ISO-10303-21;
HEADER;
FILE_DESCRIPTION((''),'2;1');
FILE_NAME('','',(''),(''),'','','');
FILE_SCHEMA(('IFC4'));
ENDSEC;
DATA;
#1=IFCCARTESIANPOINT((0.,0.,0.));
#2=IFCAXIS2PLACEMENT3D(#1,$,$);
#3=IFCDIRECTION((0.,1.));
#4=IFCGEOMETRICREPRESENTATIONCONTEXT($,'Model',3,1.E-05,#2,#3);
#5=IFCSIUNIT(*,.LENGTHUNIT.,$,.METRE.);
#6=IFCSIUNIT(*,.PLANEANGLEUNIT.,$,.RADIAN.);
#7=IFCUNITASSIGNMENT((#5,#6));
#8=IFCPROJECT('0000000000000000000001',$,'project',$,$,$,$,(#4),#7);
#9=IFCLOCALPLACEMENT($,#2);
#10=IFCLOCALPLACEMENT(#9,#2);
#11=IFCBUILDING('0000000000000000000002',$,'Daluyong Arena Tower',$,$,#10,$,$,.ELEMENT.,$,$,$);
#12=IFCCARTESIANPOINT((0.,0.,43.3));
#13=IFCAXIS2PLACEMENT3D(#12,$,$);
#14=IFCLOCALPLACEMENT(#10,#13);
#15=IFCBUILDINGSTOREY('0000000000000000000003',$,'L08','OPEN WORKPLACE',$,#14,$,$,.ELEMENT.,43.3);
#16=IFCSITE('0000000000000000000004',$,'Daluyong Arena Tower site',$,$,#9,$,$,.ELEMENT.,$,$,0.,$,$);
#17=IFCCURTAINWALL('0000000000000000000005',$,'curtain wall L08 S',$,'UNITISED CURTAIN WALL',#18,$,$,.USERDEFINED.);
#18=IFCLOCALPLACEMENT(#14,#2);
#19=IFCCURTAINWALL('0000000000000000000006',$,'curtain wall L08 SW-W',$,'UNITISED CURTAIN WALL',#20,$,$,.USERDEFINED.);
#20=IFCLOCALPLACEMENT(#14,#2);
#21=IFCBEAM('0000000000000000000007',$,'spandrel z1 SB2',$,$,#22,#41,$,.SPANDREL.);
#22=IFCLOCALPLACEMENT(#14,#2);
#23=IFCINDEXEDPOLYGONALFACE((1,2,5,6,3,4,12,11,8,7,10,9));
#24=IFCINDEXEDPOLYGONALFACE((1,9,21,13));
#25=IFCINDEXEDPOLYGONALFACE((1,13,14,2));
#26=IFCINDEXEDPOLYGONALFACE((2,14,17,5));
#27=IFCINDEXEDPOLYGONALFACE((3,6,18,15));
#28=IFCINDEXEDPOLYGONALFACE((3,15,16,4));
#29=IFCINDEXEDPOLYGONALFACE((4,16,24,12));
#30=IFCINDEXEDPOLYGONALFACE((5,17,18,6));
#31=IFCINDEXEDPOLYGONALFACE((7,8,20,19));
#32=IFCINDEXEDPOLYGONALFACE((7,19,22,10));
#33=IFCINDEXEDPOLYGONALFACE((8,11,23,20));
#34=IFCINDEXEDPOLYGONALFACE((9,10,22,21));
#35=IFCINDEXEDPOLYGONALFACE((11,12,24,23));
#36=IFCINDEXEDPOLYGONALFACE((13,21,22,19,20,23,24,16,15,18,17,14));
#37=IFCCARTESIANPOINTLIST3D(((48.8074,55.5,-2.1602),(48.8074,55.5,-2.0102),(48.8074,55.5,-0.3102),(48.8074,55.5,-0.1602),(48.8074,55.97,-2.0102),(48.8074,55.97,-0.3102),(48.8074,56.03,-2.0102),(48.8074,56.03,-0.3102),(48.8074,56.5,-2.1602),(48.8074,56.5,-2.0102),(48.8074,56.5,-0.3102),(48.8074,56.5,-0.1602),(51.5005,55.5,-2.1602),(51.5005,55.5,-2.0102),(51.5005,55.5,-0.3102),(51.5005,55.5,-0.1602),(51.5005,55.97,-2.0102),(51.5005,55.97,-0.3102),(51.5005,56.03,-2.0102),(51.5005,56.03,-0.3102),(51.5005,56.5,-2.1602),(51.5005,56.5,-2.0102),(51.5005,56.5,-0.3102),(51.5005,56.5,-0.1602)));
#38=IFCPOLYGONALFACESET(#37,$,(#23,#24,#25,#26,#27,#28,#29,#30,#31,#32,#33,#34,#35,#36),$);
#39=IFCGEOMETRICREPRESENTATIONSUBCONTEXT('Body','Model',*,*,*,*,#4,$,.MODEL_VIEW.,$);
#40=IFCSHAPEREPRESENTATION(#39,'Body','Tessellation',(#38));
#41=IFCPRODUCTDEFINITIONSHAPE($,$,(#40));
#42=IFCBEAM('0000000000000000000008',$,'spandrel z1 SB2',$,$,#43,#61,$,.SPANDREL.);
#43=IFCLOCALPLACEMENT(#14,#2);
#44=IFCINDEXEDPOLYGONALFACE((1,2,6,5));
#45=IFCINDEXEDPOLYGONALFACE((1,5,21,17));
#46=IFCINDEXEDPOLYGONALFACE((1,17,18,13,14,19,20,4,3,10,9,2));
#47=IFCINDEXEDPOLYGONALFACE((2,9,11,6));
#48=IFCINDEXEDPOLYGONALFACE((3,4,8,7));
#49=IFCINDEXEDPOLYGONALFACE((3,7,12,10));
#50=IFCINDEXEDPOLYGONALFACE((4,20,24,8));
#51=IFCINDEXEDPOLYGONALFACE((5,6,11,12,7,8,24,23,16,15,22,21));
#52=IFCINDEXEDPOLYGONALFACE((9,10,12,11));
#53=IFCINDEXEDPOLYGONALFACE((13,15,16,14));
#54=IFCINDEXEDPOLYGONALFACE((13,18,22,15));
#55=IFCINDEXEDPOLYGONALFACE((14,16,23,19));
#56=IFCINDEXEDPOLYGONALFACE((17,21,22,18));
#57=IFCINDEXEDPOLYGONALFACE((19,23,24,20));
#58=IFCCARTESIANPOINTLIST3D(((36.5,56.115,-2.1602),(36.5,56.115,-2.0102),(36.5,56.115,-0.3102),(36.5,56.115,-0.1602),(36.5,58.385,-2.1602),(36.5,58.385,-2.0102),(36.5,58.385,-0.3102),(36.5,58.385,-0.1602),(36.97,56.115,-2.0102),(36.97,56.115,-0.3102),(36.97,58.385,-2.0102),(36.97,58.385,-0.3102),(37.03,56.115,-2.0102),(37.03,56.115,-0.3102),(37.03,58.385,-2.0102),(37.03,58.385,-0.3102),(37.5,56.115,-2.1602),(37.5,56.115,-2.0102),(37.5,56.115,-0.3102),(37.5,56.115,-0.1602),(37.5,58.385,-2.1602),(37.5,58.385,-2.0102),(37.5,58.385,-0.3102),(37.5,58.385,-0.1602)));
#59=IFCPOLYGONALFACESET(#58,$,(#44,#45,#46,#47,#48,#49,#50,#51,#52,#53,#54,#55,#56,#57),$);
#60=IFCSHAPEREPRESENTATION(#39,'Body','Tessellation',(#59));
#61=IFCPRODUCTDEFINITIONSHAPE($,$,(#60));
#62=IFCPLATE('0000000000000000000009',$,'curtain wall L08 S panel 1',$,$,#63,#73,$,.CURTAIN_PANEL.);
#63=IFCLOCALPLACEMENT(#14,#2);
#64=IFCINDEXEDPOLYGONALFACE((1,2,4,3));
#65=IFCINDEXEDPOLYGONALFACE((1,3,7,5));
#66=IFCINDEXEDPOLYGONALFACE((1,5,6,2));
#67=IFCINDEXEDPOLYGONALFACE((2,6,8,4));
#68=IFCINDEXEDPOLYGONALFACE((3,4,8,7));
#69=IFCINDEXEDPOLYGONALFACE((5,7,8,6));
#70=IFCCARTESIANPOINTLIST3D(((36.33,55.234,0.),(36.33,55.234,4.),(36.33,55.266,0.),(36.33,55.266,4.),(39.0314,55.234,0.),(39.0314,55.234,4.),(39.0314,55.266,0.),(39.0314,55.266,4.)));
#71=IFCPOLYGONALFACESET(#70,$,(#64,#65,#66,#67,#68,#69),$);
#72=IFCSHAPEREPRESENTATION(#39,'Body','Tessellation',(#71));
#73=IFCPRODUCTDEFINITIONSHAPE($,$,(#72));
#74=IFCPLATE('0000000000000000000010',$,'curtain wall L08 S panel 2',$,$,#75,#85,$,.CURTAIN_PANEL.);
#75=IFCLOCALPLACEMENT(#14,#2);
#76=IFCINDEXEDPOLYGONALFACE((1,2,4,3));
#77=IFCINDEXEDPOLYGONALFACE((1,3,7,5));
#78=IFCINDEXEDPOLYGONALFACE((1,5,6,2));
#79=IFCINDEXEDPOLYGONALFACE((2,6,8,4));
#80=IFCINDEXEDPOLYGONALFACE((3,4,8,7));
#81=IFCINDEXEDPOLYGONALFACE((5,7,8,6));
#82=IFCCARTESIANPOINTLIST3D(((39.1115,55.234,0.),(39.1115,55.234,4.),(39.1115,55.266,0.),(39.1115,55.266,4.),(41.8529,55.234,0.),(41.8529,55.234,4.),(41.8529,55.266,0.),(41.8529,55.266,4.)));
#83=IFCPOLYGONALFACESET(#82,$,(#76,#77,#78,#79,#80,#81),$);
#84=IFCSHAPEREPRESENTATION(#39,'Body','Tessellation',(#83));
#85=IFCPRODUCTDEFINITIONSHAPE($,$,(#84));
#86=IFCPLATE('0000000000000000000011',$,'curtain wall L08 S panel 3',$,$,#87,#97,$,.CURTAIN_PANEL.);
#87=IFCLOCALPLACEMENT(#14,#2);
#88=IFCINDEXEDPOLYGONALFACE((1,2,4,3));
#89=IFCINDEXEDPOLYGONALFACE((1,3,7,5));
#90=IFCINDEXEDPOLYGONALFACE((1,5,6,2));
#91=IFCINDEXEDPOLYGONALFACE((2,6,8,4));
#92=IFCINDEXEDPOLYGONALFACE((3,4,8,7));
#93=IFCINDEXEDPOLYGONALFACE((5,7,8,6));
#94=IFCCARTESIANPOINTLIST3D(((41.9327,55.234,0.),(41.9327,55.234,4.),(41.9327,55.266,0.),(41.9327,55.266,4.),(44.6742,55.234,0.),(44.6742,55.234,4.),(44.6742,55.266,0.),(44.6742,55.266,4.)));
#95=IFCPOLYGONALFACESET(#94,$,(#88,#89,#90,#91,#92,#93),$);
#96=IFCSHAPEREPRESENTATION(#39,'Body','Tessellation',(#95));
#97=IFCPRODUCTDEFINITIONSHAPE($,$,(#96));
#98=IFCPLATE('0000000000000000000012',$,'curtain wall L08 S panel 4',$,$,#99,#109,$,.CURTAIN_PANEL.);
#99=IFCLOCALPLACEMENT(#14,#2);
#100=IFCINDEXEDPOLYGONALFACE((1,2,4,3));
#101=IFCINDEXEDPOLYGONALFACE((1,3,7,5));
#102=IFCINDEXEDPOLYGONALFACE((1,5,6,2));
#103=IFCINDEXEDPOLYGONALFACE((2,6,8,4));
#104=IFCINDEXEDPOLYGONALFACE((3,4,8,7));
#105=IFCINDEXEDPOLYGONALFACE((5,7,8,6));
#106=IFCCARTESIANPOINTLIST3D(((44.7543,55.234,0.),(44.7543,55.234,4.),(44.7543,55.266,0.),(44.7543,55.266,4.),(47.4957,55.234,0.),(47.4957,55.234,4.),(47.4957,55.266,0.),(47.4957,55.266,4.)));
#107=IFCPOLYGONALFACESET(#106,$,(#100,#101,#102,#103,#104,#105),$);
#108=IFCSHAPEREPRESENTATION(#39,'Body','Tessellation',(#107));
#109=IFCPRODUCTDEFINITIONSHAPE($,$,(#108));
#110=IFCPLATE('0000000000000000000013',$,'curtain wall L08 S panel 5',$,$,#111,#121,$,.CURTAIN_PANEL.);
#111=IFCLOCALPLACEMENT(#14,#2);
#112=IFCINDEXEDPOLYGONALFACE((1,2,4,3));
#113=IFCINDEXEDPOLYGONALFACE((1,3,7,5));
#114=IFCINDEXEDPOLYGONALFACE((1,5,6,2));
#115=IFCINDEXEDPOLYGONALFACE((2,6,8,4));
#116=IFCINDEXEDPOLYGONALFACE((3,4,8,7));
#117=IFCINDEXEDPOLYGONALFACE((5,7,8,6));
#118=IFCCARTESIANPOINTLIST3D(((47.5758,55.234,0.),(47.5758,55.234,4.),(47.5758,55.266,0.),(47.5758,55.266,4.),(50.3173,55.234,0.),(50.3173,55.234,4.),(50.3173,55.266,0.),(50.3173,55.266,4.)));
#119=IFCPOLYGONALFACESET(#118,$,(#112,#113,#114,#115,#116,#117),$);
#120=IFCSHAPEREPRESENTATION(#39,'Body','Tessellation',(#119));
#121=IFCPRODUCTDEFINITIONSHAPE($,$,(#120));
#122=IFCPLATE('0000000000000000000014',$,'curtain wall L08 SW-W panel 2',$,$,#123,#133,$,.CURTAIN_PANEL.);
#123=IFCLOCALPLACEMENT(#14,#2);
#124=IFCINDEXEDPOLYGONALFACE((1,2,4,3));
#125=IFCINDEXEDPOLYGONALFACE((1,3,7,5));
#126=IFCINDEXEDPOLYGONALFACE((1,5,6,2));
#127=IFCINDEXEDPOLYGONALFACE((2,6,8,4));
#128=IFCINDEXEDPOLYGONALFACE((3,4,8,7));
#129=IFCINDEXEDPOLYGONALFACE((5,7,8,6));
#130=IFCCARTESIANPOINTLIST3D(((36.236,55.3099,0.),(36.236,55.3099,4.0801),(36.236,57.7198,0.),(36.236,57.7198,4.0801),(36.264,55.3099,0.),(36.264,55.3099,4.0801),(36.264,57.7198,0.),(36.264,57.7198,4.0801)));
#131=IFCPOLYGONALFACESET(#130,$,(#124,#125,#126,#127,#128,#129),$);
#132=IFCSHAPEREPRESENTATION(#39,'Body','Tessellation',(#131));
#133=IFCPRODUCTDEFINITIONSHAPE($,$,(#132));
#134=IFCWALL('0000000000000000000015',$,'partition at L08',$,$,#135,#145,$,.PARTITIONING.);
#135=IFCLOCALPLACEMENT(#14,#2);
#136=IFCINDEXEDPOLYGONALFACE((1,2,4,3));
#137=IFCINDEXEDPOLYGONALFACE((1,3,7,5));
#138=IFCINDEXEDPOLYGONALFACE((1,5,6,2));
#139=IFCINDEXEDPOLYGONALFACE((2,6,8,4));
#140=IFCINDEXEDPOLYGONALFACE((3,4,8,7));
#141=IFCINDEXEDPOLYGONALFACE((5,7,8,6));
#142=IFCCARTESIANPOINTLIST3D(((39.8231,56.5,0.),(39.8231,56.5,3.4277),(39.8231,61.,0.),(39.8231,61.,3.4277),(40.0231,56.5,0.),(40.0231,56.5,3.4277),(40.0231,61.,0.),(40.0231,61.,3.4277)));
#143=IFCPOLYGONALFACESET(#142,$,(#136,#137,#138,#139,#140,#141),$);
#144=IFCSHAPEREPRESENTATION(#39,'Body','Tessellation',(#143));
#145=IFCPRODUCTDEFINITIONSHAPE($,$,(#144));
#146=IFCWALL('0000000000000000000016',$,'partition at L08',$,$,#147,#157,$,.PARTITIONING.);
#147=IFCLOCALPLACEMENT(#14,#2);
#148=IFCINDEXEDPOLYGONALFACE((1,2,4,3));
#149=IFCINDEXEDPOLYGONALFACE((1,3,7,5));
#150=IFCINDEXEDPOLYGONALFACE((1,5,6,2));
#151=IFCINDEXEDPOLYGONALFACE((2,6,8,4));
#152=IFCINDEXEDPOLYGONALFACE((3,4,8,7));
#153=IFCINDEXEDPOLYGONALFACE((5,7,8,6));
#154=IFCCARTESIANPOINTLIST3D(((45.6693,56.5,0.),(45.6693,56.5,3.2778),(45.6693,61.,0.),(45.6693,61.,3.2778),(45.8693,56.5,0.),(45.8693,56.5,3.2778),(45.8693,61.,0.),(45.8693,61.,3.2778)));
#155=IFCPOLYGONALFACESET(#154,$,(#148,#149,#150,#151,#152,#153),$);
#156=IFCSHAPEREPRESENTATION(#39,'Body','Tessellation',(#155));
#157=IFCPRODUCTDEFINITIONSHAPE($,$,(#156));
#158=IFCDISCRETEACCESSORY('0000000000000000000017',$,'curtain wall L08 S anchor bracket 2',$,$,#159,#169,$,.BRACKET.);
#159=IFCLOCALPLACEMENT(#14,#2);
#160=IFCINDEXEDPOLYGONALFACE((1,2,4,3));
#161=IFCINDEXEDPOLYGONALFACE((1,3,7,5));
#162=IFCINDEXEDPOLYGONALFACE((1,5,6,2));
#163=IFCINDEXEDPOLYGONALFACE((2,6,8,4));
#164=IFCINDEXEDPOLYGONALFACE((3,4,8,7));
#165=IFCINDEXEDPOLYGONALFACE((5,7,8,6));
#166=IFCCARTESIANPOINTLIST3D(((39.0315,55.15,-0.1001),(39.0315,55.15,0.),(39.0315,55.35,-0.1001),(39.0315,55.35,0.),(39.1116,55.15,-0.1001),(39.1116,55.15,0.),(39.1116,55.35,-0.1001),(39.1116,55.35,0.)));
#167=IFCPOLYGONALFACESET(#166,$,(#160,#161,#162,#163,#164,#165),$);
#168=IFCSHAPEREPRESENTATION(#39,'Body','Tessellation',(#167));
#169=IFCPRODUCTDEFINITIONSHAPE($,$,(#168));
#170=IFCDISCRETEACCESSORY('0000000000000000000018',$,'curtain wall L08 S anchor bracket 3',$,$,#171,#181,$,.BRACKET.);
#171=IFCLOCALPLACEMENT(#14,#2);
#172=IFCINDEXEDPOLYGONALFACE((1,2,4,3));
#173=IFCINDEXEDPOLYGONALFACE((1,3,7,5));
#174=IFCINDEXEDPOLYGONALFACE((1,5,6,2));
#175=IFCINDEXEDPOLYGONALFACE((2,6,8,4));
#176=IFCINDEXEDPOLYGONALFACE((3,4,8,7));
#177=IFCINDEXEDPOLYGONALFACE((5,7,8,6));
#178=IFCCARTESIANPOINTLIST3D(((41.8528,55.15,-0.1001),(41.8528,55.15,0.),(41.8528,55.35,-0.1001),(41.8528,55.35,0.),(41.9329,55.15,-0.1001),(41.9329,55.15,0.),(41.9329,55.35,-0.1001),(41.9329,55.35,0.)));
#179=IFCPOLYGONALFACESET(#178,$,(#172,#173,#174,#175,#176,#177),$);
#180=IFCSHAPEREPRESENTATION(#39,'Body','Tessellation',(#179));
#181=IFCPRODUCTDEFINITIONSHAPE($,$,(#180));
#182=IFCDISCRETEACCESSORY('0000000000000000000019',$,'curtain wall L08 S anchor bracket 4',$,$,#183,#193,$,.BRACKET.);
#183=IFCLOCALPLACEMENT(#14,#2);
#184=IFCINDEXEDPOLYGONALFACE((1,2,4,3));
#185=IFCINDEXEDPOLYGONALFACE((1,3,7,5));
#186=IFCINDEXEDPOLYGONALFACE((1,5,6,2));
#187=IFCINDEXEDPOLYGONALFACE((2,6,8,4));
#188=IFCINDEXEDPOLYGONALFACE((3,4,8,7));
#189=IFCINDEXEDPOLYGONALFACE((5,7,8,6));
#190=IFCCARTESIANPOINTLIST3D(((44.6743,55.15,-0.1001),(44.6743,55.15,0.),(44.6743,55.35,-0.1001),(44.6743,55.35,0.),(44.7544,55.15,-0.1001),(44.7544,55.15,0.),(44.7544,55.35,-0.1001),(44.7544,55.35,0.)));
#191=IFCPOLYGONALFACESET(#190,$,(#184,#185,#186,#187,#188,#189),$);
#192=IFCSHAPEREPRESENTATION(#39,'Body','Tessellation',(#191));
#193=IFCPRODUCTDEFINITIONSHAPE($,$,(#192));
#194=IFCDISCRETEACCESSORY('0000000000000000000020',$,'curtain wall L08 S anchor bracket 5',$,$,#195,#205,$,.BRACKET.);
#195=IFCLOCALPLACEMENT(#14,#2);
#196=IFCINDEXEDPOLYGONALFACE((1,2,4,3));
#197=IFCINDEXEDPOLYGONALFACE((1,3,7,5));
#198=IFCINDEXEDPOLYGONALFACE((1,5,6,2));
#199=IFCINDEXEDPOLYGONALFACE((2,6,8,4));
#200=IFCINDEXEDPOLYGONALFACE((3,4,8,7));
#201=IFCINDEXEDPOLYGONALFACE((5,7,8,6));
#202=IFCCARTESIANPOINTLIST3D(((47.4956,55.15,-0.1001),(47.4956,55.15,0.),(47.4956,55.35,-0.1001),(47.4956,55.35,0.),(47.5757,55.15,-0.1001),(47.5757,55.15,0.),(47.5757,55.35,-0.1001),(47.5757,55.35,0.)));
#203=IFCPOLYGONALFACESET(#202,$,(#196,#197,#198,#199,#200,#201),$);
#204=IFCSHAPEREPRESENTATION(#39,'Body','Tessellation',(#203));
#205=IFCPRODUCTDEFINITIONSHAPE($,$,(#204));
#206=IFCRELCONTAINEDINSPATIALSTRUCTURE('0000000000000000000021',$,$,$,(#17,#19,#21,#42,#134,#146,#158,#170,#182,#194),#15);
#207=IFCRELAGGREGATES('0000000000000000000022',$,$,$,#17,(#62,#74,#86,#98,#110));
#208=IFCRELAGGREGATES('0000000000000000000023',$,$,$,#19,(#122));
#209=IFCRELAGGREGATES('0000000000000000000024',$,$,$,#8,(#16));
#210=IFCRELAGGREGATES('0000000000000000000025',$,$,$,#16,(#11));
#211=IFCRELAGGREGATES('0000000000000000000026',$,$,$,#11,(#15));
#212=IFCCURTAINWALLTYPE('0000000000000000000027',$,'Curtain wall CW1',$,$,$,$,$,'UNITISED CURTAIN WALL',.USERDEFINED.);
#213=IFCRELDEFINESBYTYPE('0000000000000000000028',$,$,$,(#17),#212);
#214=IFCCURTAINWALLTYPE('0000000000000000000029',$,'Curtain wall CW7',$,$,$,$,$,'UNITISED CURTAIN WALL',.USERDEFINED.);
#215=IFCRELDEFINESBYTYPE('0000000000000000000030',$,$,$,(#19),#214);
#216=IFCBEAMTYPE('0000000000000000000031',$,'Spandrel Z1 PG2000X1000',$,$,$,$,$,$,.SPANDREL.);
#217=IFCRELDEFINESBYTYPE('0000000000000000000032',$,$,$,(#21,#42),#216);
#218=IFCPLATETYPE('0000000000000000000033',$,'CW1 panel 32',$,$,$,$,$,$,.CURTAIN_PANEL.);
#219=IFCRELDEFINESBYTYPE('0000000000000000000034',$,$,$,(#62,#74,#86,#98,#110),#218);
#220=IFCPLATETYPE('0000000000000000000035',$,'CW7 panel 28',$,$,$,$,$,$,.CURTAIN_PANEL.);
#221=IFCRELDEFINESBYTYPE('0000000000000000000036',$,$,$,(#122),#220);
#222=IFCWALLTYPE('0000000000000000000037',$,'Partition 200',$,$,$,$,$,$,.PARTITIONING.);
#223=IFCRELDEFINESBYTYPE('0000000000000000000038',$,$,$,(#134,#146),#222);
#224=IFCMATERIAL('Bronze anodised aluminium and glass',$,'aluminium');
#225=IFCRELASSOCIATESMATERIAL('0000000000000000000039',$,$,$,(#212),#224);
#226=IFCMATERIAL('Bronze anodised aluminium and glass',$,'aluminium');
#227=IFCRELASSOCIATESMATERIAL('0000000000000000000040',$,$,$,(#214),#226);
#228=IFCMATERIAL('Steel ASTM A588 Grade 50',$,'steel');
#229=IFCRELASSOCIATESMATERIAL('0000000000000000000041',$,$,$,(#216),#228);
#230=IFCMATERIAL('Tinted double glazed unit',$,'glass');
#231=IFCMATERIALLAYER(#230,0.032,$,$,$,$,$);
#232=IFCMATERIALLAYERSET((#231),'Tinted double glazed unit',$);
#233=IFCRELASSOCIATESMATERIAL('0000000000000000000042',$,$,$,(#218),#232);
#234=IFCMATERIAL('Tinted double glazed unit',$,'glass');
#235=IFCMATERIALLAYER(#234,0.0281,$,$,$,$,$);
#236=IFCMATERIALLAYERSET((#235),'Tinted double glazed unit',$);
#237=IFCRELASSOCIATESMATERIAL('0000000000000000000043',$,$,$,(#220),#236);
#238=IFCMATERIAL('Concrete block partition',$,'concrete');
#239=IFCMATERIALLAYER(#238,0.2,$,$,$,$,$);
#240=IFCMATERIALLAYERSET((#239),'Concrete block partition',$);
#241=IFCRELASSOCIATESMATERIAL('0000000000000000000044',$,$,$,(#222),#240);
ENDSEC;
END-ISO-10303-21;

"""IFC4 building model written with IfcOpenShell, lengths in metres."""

from ifc_helpers import new_model, si_unit, direction, frame, frame_2d, origin, origin_2d, place, context, subcontext, project, spatial, rectangle, i_section, extrude, material, layer, layer_set, material_profile, profile_set, type_object, element, aggregate, save


model = new_model("IFC4")

# Units and contexts
model_context = context("Model", 3, precision=1e-05, world=origin(), true_north=direction((0.0, 1.0)))
body_context = subcontext(model_context, "Body", "Model", "MODEL_VIEW")
ifc_project = project(units=[si_unit("LENGTHUNIT", "METRE"), si_unit("PLANEANGLEUNIT", "RADIAN")], contexts=[model_context])

# Site, building, storey
site_placement = place(None, origin())
site = spatial("IfcSite", under=ifc_project, at=site_placement, Name="Daluyong Arena Tower site", CompositionType="ELEMENT", RefElevation=0.0)
building_placement = place(site_placement, origin())
building = spatial("IfcBuilding", under=site, at=building_placement, Name="Daluyong Arena Tower", CompositionType="ELEMENT")
storey_placement = place(building_placement, frame((0.0, 0.0, 43.3)))
storey = spatial("IfcBuildingStorey", under=building, at=storey_placement, Name="L08", Description="OPEN WORKPLACE", CompositionType="ELEMENT", Elevation=43.3)

# Curtain walls
ifc_material_1 = material(Name="Bronze anodised aluminium and glass", Category="aluminium")
curtain_wall_type_1 = type_object("IfcCurtainWallType", Name="Curtain wall CW1", ElementType="UNITISED CURTAIN WALL", PredefinedType="USERDEFINED", material=ifc_material_1)
curtain_wall_1_placement = place(storey_placement, origin())
curtain_wall_1 = element("IfcCurtainWall", 1, at=curtain_wall_1_placement, inside=storey, type_object=curtain_wall_type_1, Name="curtain wall L08 S", ObjectType="UNITISED CURTAIN WALL", PredefinedType="USERDEFINED")
ifc_material_2 = material(Name="Bronze anodised aluminium and glass", Category="aluminium")
curtain_wall_type_2 = type_object("IfcCurtainWallType", Name="Curtain wall CW7", ElementType="UNITISED CURTAIN WALL", PredefinedType="USERDEFINED", material=ifc_material_2)
curtain_wall_2_placement = place(storey_placement, origin())
curtain_wall_2 = element("IfcCurtainWall", 2, at=curtain_wall_2_placement, inside=storey, type_object=curtain_wall_type_2, Name="curtain wall L08 SW-W", ObjectType="UNITISED CURTAIN WALL", PredefinedType="USERDEFINED")

# Beams
ifc_material_3 = material(Name="Steel ASTM A588 Grade 50", Category="steel")
ifc_material_profile_1 = material_profile(ifc_material_3, i_section(OverallWidth=1.0, OverallDepth=2.0, WebThickness=0.06, FlangeThickness=0.15, at=origin_2d()))
ifc_profile_set_1 = profile_set([ifc_material_profile_1], Name="Steel ASTM A588 Grade 50")
beam_type_1 = type_object("IfcBeamType", Name="Spandrel Z1 PG2000X1000", PredefinedType="SPANDREL", material=ifc_profile_set_1)
for number, where, z_axis, x_axis, name in (
    (3, (48.8074, 56.0, -1.1602), (1.0, 0.0, 0.0), (0.0, 1.0, 0.0), "spandrel z1 SB2"),
):
    element("IfcBeam", number, at=place(storey_placement, frame(where, z_axis=z_axis, x_axis=x_axis)), inside=storey, type_object=beam_type_1, Name=name, PredefinedType="SPANDREL", context=body_context, shape_type="SweptSolid", body=[
        extrude(i_section(OverallWidth=1.0, OverallDepth=2.0, WebThickness=0.06, FlangeThickness=0.15, at=origin_2d()), origin(), (0.0, 0.0, 1.0), 2.6931),
    ])
beam_1_placement = place(storey_placement, frame((37.0, 58.385, -1.1602), z_axis=(0.0, -1.0, 0.0), x_axis=(1.0, 0.0, 0.0)))
element("IfcBeam", 4, at=beam_1_placement, inside=storey, type_object=beam_type_1, Name="spandrel z1 SB2", PredefinedType="SPANDREL", context=body_context, shape_type="SweptSolid", body=[
    extrude(i_section(OverallWidth=1.0, OverallDepth=2.0, WebThickness=0.06, FlangeThickness=0.15, at=origin_2d()), origin(), (0.0, 0.0, 1.0), 2.27),
])

# Plates
ifc_material_4 = material(Name="Tinted double glazed unit", Category="glass")
ifc_layer_1 = layer(ifc_material_4, 0.032)
ifc_layer_set_1 = layer_set([ifc_layer_1], Name="Tinted double glazed unit")
plate_type_1 = type_object("IfcPlateType", Name="CW1 panel 32", PredefinedType="CURTAIN_PANEL", material=ifc_layer_set_1)
plate_1_placement = place(storey_placement, frame((37.6807, 55.25, 0.0), z_axis=(0.0, 0.0, 1.0), x_axis=(1.0, 0.0, 0.0)))
plate_1 = element("IfcPlate", 5, at=plate_1_placement, type_object=plate_type_1, Name="curtain wall L08 S panel 1", PredefinedType="CURTAIN_PANEL", context=body_context, shape_type="SweptSolid", body=[
    extrude(rectangle(XDim=2.7014, YDim=0.032, at=origin_2d()), origin(), (0.0, 0.0, 1.0), 4.0),
])
plate_2_placement = place(storey_placement, frame((40.4822, 55.25, 0.0), z_axis=(0.0, 0.0, 1.0), x_axis=(1.0, 0.0, 0.0)))
plate_2 = element("IfcPlate", 6, at=plate_2_placement, type_object=plate_type_1, Name="curtain wall L08 S panel 2", PredefinedType="CURTAIN_PANEL", context=body_context, shape_type="SweptSolid", body=[
    extrude(rectangle(XDim=2.7415, YDim=0.032, at=origin_2d()), origin(), (0.0, 0.0, 1.0), 4.0),
])
plate_3_placement = place(storey_placement, frame((43.3035, 55.25, 0.0), z_axis=(0.0, 0.0, 1.0), x_axis=(1.0, 0.0, 0.0)))
plate_3 = element("IfcPlate", 7, at=plate_3_placement, type_object=plate_type_1, Name="curtain wall L08 S panel 3", PredefinedType="CURTAIN_PANEL", context=body_context, shape_type="SweptSolid", body=[
    extrude(rectangle(XDim=2.7415, YDim=0.032, at=origin_2d()), origin(), (0.0, 0.0, 1.0), 4.0),
])
plate_4_placement = place(storey_placement, frame((46.125, 55.25, 0.0), z_axis=(0.0, 0.0, 1.0), x_axis=(1.0, 0.0, 0.0)))
plate_4 = element("IfcPlate", 8, at=plate_4_placement, type_object=plate_type_1, Name="curtain wall L08 S panel 4", PredefinedType="CURTAIN_PANEL", context=body_context, shape_type="SweptSolid", body=[
    extrude(rectangle(XDim=2.7415, YDim=0.032, at=origin_2d()), origin(), (0.0, 0.0, 1.0), 4.0),
])
plate_5_placement = place(storey_placement, frame((48.9465, 55.25, 0.0), z_axis=(0.0, 0.0, 1.0), x_axis=(1.0, 0.0, 0.0)))
plate_5 = element("IfcPlate", 9, at=plate_5_placement, type_object=plate_type_1, Name="curtain wall L08 S panel 5", PredefinedType="CURTAIN_PANEL", context=body_context, shape_type="SweptSolid", body=[
    extrude(rectangle(XDim=2.7415, YDim=0.032, at=origin_2d()), origin(), (0.0, 0.0, 1.0), 4.0),
])
aggregate(curtain_wall_1, [plate_1, plate_2, plate_3, plate_4, plate_5])
ifc_material_5 = material(Name="Tinted double glazed unit", Category="glass")
ifc_layer_2 = layer(ifc_material_5, 0.0281)
ifc_layer_set_2 = layer_set([ifc_layer_2], Name="Tinted double glazed unit")
plate_type_2 = type_object("IfcPlateType", Name="CW7 panel 28", PredefinedType="CURTAIN_PANEL", material=ifc_layer_set_2)
plate_6_placement = place(storey_placement, frame((36.25, 56.5149, 0.0), z_axis=(0.0, 0.0, 1.0), x_axis=(0.0, -1.0, 0.0)))
plate_6 = element("IfcPlate", 10, at=plate_6_placement, type_object=plate_type_2, Name="curtain wall L08 SW-W panel 2", PredefinedType="CURTAIN_PANEL", context=body_context, shape_type="SweptSolid", body=[
    extrude(rectangle(XDim=2.4099, YDim=0.0281, at=origin_2d()), origin(), (0.0, 0.0, 1.0), 4.0801),
])
aggregate(curtain_wall_2, [plate_6])

# Walls
ifc_material_6 = material(Name="Concrete block partition", Category="concrete")
ifc_layer_3 = layer(ifc_material_6, 0.2)
ifc_layer_set_3 = layer_set([ifc_layer_3], Name="Concrete block partition")
wall_type = type_object("IfcWallType", Name="Partition 200", PredefinedType="PARTITIONING", material=ifc_layer_set_3)
wall_1_placement = place(storey_placement, frame((39.9231, 56.5, 0.0), z_axis=(0.0, 0.0, 1.0), x_axis=(0.0, 1.0, 0.0)))
element("IfcWall", 11, at=wall_1_placement, inside=storey, type_object=wall_type, Name="partition at L08", PredefinedType="PARTITIONING", context=body_context, shape_type="SweptSolid", body=[
    extrude(rectangle(XDim=4.5, YDim=0.2, at=frame_2d((2.25, 0.0))), origin(), (0.0, 0.0, 1.0), 3.4277),
])
wall_2_placement = place(storey_placement, frame((45.7693, 56.5, 0.0), z_axis=(0.0, 0.0, 1.0), x_axis=(0.0, 1.0, 0.0)))
element("IfcWall", 12, at=wall_2_placement, inside=storey, type_object=wall_type, Name="partition at L08", PredefinedType="PARTITIONING", context=body_context, shape_type="SweptSolid", body=[
    extrude(rectangle(XDim=4.5, YDim=0.2, at=frame_2d((2.25, 0.0))), origin(), (0.0, 0.0, 1.0), 3.2778),
])

# Discrete accessories
for number, where, z_axis, x_axis, name in (
    (13, (39.0715, 55.25, -0.1001), (0.0, 0.0, 1.0), (1.0, 0.0, 0.0), "curtain wall L08 S anchor bracket 2"),
    (14, (41.8928, 55.25, -0.1001), (0.0, 0.0, 1.0), (1.0, 0.0, 0.0), "curtain wall L08 S anchor bracket 3"),
    (15, (44.7144, 55.25, -0.1001), (0.0, 0.0, 1.0), (1.0, 0.0, 0.0), "curtain wall L08 S anchor bracket 4"),
    (16, (47.5356, 55.25, -0.1001), (0.0, 0.0, 1.0), (1.0, 0.0, 0.0), "curtain wall L08 S anchor bracket 5"),
):
    element("IfcDiscreteAccessory", number, at=place(storey_placement, frame(where, z_axis=z_axis, x_axis=x_axis)), inside=storey, Name=name, PredefinedType="BRACKET", context=body_context, shape_type="SweptSolid", body=[
        extrude(rectangle(XDim=0.0801, YDim=0.2, at=origin_2d()), origin(), (0.0, 0.0, 1.0), 0.1001),
    ])

save(model, "model.ifc")
